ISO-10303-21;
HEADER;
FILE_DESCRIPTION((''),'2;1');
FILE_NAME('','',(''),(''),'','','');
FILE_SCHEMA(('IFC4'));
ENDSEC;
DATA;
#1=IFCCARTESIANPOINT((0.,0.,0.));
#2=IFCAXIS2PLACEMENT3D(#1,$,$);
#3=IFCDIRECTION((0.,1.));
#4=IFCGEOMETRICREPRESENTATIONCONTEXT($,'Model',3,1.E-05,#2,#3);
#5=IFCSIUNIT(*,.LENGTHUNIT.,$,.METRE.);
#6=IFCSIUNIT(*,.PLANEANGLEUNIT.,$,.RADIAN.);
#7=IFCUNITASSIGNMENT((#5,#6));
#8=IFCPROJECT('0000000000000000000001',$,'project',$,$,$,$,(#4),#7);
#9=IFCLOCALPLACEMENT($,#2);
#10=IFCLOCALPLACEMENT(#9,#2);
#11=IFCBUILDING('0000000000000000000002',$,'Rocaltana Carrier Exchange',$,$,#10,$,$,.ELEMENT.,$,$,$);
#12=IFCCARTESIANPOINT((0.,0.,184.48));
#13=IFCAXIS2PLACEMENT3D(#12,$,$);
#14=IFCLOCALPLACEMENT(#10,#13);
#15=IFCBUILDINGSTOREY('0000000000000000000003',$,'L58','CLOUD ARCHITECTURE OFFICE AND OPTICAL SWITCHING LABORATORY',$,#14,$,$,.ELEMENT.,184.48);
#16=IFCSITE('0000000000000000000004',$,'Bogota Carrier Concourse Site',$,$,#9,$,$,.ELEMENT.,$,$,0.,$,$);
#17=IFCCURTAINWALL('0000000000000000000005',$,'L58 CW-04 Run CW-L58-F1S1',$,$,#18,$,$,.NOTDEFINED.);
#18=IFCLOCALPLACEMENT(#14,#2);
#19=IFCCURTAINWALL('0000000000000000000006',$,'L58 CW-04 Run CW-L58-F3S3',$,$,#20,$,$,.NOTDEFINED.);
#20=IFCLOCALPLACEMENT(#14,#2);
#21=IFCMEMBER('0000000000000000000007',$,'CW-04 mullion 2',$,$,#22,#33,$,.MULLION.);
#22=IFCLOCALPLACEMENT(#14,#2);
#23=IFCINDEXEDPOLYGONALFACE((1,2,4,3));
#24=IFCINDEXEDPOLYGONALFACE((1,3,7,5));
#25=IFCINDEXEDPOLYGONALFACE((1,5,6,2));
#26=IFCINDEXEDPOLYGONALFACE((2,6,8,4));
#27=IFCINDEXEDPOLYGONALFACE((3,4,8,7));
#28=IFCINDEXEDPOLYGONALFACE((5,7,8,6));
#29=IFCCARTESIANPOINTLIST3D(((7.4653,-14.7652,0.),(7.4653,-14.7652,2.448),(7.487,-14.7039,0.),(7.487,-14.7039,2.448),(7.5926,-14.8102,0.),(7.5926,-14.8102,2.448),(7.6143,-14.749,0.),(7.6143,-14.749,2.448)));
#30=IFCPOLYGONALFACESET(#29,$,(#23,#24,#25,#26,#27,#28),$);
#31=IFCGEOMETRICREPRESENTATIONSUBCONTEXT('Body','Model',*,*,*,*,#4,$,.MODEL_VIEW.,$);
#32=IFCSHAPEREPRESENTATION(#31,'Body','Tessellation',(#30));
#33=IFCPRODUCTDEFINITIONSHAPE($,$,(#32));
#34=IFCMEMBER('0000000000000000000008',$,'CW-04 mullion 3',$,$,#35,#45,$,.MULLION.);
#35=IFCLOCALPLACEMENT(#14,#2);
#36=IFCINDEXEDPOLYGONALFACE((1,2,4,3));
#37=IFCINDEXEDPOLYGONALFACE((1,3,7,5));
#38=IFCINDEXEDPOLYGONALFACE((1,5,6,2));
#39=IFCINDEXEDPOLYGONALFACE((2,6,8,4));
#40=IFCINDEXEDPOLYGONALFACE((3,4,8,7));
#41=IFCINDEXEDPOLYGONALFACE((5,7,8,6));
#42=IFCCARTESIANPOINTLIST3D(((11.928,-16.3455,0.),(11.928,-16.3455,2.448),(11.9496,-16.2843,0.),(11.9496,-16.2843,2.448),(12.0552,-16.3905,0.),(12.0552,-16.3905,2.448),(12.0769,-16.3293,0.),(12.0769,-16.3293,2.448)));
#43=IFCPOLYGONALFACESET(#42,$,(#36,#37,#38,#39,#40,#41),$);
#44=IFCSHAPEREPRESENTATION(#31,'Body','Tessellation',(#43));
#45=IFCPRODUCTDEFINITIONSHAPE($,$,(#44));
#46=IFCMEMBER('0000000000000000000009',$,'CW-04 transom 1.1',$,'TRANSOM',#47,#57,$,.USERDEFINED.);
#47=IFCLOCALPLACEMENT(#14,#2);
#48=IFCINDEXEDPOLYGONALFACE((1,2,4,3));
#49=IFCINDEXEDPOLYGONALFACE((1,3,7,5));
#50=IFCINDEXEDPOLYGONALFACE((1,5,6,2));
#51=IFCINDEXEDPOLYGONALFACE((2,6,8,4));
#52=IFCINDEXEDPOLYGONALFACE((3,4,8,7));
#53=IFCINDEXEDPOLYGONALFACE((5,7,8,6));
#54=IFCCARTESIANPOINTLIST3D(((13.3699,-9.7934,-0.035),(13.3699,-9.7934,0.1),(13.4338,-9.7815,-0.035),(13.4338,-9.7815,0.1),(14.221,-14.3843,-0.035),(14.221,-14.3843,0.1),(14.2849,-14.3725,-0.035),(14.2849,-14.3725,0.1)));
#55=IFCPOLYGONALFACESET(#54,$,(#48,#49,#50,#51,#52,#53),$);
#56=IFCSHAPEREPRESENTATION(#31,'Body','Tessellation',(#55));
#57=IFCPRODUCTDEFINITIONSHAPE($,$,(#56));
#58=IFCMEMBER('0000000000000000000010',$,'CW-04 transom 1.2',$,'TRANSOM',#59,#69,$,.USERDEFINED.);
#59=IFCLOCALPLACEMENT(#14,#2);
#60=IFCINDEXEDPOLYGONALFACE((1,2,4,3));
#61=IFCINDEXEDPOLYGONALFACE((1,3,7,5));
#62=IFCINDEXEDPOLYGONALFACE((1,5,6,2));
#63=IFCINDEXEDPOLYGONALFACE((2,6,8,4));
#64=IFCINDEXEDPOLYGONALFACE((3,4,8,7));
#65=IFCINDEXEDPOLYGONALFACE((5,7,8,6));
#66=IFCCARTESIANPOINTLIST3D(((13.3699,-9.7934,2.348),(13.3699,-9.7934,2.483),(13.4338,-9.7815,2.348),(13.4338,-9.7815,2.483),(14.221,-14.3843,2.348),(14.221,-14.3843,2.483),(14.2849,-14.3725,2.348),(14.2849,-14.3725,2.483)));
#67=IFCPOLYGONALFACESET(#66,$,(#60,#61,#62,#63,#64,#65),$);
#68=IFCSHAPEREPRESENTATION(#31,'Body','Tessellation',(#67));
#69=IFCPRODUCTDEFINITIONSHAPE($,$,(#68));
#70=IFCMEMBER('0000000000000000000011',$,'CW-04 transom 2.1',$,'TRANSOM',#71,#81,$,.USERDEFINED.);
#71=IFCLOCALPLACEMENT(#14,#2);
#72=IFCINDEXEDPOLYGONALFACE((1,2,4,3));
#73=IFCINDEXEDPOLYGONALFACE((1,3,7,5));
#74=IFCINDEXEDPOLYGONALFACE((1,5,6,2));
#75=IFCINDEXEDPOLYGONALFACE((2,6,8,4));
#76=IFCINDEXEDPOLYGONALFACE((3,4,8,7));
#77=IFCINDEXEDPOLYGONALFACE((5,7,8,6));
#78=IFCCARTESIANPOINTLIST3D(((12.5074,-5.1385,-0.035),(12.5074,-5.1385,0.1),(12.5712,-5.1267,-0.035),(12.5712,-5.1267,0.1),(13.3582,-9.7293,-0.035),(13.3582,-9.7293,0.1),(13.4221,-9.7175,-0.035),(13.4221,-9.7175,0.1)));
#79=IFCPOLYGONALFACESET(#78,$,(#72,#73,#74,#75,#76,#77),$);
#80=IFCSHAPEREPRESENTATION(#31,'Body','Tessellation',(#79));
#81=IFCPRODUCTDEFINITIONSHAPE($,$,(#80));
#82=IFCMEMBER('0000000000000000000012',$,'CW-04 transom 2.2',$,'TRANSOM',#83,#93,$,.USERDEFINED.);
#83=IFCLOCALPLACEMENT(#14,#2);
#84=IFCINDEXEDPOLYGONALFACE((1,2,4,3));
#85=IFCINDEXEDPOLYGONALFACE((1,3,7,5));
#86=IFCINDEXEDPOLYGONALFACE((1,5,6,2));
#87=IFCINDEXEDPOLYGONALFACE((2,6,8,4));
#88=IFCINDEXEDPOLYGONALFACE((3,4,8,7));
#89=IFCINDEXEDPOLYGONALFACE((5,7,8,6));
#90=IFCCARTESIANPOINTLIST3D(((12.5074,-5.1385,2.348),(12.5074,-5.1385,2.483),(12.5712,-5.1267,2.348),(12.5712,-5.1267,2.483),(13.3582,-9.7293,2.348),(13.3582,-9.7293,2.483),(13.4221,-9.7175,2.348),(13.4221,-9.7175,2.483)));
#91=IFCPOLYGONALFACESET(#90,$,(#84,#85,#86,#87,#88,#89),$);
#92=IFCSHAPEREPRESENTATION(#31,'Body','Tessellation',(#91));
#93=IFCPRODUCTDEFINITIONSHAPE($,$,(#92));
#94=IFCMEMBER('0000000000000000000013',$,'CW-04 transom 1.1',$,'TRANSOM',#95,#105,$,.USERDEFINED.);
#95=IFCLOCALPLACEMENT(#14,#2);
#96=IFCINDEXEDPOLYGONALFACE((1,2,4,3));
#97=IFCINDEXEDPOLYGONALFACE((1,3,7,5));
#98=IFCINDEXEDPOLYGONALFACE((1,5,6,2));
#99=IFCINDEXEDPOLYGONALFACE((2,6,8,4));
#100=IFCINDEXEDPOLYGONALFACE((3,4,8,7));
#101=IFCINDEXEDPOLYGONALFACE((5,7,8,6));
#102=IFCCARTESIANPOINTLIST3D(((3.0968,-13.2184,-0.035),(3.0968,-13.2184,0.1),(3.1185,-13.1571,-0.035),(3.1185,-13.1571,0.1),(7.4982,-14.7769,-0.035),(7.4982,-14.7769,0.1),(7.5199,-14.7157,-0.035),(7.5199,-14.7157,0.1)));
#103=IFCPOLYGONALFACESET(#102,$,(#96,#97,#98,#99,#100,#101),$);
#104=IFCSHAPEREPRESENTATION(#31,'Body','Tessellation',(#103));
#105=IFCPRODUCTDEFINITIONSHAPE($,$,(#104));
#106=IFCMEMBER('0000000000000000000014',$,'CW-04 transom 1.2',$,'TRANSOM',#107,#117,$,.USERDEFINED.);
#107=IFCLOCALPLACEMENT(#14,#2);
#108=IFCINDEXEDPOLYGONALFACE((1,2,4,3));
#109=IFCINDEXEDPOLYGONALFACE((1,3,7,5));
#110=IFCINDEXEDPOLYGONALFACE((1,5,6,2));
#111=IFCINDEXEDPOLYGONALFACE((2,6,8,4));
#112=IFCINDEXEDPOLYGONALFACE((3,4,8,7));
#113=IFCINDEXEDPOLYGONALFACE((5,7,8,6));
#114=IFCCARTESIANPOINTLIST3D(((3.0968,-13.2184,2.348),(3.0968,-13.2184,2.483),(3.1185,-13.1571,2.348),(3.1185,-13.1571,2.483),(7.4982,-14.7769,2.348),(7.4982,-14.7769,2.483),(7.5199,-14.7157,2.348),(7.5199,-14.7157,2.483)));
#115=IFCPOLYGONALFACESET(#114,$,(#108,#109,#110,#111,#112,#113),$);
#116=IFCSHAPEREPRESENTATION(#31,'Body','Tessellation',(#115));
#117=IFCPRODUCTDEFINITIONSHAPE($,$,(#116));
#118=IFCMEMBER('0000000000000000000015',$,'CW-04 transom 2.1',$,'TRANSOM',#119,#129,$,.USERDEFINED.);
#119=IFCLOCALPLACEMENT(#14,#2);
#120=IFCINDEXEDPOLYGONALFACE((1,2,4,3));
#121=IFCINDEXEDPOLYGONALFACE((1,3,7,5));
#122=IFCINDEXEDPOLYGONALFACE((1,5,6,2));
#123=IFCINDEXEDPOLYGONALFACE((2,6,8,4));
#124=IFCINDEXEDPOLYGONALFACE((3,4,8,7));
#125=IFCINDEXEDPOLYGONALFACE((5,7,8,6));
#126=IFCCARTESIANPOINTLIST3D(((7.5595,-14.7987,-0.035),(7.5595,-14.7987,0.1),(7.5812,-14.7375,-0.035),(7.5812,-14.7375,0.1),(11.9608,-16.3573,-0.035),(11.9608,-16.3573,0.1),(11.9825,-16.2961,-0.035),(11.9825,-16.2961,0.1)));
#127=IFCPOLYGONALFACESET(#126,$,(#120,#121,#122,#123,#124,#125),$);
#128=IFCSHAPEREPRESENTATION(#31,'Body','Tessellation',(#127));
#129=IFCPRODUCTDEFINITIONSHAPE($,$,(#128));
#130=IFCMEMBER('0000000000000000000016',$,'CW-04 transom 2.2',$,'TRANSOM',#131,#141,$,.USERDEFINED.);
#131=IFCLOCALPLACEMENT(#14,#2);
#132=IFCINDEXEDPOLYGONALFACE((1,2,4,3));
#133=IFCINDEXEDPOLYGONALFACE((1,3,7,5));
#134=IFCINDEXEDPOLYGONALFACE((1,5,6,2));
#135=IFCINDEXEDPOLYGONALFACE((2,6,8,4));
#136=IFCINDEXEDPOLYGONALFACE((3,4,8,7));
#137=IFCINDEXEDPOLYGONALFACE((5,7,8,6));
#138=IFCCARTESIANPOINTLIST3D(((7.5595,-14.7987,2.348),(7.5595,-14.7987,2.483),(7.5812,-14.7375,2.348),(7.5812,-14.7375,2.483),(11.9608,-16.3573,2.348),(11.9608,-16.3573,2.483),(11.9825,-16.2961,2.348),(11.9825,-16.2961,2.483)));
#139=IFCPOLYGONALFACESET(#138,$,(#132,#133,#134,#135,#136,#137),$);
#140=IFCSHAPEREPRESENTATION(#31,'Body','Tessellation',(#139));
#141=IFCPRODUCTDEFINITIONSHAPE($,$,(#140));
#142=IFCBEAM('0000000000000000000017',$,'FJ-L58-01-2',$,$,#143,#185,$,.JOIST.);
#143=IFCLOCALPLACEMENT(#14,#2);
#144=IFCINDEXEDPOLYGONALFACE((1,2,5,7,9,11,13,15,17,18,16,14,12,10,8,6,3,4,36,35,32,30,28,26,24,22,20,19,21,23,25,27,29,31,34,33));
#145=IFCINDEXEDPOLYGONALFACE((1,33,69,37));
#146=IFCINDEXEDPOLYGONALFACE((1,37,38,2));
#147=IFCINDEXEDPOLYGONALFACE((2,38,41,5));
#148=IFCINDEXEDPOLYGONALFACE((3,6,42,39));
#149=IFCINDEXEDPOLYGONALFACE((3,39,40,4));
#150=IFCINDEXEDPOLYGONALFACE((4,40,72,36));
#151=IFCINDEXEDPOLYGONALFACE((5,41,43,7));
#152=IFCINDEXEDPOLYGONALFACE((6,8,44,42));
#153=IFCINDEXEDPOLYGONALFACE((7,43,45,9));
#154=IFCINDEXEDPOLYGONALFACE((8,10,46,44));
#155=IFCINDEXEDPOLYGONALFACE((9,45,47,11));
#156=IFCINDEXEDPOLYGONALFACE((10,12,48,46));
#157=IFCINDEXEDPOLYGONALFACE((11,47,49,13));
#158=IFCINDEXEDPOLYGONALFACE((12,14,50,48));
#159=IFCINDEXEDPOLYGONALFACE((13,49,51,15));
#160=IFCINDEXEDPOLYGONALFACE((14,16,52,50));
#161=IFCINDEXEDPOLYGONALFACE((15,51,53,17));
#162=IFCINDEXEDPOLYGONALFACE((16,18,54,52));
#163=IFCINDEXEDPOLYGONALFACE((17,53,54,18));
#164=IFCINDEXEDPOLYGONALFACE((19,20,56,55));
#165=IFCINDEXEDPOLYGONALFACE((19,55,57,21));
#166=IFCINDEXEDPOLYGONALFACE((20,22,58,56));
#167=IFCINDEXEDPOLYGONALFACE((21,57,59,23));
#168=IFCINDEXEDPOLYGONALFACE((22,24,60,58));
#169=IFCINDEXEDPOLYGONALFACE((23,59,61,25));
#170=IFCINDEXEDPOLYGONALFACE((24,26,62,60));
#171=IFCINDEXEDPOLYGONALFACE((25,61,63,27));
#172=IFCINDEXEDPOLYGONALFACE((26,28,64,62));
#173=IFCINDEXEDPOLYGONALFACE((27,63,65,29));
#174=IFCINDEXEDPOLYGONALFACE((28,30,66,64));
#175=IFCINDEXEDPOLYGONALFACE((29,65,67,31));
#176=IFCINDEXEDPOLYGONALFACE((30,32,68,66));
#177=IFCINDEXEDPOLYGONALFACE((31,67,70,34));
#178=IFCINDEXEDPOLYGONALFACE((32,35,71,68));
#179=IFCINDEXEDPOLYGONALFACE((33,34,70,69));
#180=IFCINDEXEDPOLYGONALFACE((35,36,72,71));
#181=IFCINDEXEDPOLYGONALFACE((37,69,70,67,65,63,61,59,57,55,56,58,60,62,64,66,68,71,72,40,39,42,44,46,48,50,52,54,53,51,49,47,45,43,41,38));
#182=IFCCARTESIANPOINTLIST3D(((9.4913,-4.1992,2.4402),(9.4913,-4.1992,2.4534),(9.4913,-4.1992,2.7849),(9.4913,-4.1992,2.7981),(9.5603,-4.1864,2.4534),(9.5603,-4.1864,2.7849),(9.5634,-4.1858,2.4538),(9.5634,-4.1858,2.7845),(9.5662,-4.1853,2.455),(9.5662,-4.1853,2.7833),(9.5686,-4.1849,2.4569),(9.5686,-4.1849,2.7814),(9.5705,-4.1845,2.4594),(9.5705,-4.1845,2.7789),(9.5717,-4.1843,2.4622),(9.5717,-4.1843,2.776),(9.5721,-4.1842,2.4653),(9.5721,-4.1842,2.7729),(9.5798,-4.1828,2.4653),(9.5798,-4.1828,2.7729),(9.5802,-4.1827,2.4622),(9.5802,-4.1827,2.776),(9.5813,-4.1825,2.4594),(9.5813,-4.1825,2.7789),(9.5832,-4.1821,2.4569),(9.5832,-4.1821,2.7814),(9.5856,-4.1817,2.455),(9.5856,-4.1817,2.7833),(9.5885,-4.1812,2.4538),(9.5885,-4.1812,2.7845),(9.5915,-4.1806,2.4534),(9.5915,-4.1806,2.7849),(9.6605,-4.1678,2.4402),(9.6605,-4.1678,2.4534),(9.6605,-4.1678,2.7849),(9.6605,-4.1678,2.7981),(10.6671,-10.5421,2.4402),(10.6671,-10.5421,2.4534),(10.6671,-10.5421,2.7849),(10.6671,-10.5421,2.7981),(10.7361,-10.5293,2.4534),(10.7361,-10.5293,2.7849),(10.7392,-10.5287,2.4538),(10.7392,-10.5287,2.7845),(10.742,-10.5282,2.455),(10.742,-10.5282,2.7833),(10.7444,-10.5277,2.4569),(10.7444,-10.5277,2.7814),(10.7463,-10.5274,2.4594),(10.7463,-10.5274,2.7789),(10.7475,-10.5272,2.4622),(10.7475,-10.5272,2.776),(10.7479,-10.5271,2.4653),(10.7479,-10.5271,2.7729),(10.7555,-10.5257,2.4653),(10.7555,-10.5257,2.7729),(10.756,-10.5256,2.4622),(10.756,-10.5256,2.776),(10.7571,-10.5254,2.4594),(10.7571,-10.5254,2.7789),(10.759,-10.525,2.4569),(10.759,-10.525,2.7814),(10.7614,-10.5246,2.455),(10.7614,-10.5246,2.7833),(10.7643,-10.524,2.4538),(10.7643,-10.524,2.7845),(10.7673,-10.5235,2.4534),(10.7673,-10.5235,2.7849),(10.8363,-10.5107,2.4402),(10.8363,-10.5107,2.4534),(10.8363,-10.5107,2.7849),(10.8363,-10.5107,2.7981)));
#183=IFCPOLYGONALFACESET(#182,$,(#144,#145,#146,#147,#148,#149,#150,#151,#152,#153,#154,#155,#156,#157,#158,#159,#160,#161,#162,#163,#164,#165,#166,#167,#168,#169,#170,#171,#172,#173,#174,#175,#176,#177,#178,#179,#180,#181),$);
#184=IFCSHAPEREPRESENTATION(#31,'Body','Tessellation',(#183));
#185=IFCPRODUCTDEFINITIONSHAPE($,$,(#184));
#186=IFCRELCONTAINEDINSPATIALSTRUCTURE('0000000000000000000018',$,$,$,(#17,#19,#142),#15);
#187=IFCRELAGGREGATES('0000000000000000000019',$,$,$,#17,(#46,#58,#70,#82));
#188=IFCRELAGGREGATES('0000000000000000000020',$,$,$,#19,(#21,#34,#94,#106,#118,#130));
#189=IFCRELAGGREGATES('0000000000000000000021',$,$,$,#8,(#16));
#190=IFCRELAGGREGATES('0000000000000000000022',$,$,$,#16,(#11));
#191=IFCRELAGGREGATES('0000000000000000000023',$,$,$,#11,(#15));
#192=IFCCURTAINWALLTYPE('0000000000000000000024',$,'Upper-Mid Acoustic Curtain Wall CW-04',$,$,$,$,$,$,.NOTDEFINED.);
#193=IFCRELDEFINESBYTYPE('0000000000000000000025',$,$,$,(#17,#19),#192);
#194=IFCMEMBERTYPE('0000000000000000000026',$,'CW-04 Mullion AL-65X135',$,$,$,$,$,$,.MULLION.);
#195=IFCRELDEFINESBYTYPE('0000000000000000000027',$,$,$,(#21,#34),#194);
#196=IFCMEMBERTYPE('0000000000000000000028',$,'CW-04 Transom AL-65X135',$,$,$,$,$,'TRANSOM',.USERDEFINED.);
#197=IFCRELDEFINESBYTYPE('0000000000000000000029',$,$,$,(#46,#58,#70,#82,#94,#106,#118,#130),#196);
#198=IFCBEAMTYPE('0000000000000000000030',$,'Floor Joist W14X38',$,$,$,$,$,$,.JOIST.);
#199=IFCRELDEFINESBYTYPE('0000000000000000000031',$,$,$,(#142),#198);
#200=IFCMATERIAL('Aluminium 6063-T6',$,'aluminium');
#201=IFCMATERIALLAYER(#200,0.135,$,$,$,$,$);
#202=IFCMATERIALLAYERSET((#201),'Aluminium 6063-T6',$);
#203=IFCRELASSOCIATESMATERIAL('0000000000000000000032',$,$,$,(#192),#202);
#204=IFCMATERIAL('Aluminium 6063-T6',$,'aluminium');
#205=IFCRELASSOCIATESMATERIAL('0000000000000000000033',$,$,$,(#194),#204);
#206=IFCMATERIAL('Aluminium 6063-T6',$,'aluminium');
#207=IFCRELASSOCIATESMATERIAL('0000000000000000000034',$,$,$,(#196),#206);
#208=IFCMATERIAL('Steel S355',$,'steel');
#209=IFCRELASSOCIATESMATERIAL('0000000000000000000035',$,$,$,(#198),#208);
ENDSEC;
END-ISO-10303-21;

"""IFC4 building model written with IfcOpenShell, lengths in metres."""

from ifc_helpers import new_model, si_unit, direction, frame, origin, origin_2d, place, context, subcontext, project, spatial, rectangle, i_section, extrude, material, layer, layer_set, material_profile, profile_set, type_object, element, aggregate, save


model = new_model("IFC4")

# Units and contexts
model_context = context("Model", 3, precision=1e-05, world=origin(), true_north=direction((0.0, 1.0)))
body_context = subcontext(model_context, "Body", "Model", "MODEL_VIEW")
ifc_project = project(units=[si_unit("LENGTHUNIT", "METRE"), si_unit("PLANEANGLEUNIT", "RADIAN")], contexts=[model_context])

# Site, building, storey
site_placement = place(None, origin())
site = spatial("IfcSite", under=ifc_project, at=site_placement, Name="Bogota Carrier Concourse Site", CompositionType="ELEMENT", RefElevation=0.0)
building_placement = place(site_placement, origin())
building = spatial("IfcBuilding", under=site, at=building_placement, Name="Rocaltana Carrier Exchange", CompositionType="ELEMENT")
storey_placement = place(building_placement, frame((0.0, 0.0, 184.48)))
storey = spatial("IfcBuildingStorey", under=building, at=storey_placement, Name="L58", Description="CLOUD ARCHITECTURE OFFICE AND OPTICAL SWITCHING LABORATORY", CompositionType="ELEMENT", Elevation=184.48)

# Curtain wall
ifc_material_1 = material(Name="Aluminium 6063-T6", Category="aluminium")
ifc_layer_1 = layer(ifc_material_1, 0.135)
ifc_layer_set_1 = layer_set([ifc_layer_1], Name="Aluminium 6063-T6")
curtain_wall_type = type_object("IfcCurtainWallType", Name="Upper-Mid Acoustic Curtain Wall CW-04", PredefinedType="NOTDEFINED", material=ifc_layer_set_1)
curtain_wall_1_placement = place(storey_placement, origin())
curtain_wall_1 = element("IfcCurtainWall", 1, at=curtain_wall_1_placement, inside=storey, type_object=curtain_wall_type, Name="L58 CW-04 Run CW-L58-F1S1", PredefinedType="NOTDEFINED")
ifc_material_2 = material(Name="Aluminium 6063-T6", Category="aluminium")
ifc_material_profile_1 = material_profile(ifc_material_2, rectangle(XDim=0.0649, YDim=0.135, at=origin_2d()), Name="AL-65X135")
ifc_profile_set_1 = profile_set([ifc_material_profile_1], Name="Aluminium 6063-T6")
member_type_1 = type_object("IfcMemberType", Name="CW-04 Mullion AL-65X135", PredefinedType="MULLION", material=ifc_profile_set_1)

# Curtain wall, members
curtain_wall_2_placement = place(storey_placement, origin())
curtain_wall_2 = element("IfcCurtainWall", 2, at=curtain_wall_2_placement, inside=storey, type_object=curtain_wall_type, Name="L58 CW-04 Run CW-L58-F3S3", PredefinedType="NOTDEFINED")
member_1_placement = place(storey_placement, frame((7.5398, -14.7571, 0.0), z_axis=(0.0, 0.0, 1.0), x_axis=(0.333799, 0.942644, 0.0)))
member_1 = element("IfcMember", 3, at=member_1_placement, type_object=member_type_1, Name="CW-04 mullion 2", PredefinedType="MULLION", context=body_context, shape_type="SweptSolid", body=[
    extrude(rectangle(XDim=0.0649, YDim=0.135, at=origin_2d()), origin(), (0.0, 0.0, 1.0), 2.448),
])
member_2_placement = place(storey_placement, frame((12.0024, -16.3374, 0.0), z_axis=(0.0, 0.0, 1.0), x_axis=(0.333799, 0.942644, 0.0)))
member_2 = element("IfcMember", 4, at=member_2_placement, type_object=member_type_1, Name="CW-04 mullion 3", PredefinedType="MULLION", context=body_context, shape_type="SweptSolid", body=[
    extrude(rectangle(XDim=0.0649, YDim=0.135, at=origin_2d()), origin(), (0.0, 0.0, 1.0), 2.448),
])

# Members
ifc_material_3 = material(Name="Aluminium 6063-T6", Category="aluminium")
ifc_material_profile_2 = material_profile(ifc_material_3, rectangle(XDim=0.0649, YDim=0.135, at=origin_2d()), Name="AL-65X135")
ifc_profile_set_2 = profile_set([ifc_material_profile_2], Name="Aluminium 6063-T6")
member_type_2 = type_object("IfcMemberType", Name="CW-04 Transom AL-65X135", ElementType="TRANSOM", PredefinedType="USERDEFINED", material=ifc_profile_set_2)
member_3_placement = place(storey_placement, frame((14.2529, -14.3784, 0.0325), z_axis=(-0.182271, 0.983248, 0.0), x_axis=(-0.983248, -0.182271, 0.0)))
member_3 = element("IfcMember", 5, at=member_3_placement, type_object=member_type_2, Name="CW-04 transom 1.1", ObjectType="TRANSOM", PredefinedType="USERDEFINED", context=body_context, shape_type="SweptSolid", body=[
    extrude(rectangle(XDim=0.0649, YDim=0.135, at=origin_2d()), origin(), (0.0, 0.0, 1.0), 4.6692),
])
member_4_placement = place(storey_placement, frame((14.2529, -14.3784, 2.4155), z_axis=(-0.182271, 0.983248, 0.0), x_axis=(-0.983248, -0.182271, 0.0)))
member_4 = element("IfcMember", 6, at=member_4_placement, type_object=member_type_2, Name="CW-04 transom 1.2", ObjectType="TRANSOM", PredefinedType="USERDEFINED", context=body_context, shape_type="SweptSolid", body=[
    extrude(rectangle(XDim=0.0649, YDim=0.135, at=origin_2d()), origin(), (0.0, 0.0, 1.0), 4.6692),
])
member_5_placement = place(storey_placement, frame((13.3901, -9.7234, 0.0325), z_axis=(-0.18223, 0.983256, 0.0), x_axis=(-0.983256, -0.18223, 0.0)))
member_5 = element("IfcMember", 7, at=member_5_placement, type_object=member_type_2, Name="CW-04 transom 2.1", ObjectType="TRANSOM", PredefinedType="USERDEFINED", context=body_context, shape_type="SweptSolid", body=[
    extrude(rectangle(XDim=0.0649, YDim=0.135, at=origin_2d()), origin(), (0.0, 0.0, 1.0), 4.6689),
])
member_6_placement = place(storey_placement, frame((13.3901, -9.7234, 2.4155), z_axis=(-0.18223, 0.983256, 0.0), x_axis=(-0.983256, -0.18223, 0.0)))
member_6 = element("IfcMember", 8, at=member_6_placement, type_object=member_type_2, Name="CW-04 transom 2.2", ObjectType="TRANSOM", PredefinedType="USERDEFINED", context=body_context, shape_type="SweptSolid", body=[
    extrude(rectangle(XDim=0.0649, YDim=0.135, at=origin_2d()), origin(), (0.0, 0.0, 1.0), 4.6689),
])
member_7_placement = place(storey_placement, frame((3.1077, -13.1877, 0.0325), z_axis=(0.942642, -0.333805, 0.0), x_axis=(0.333805, 0.942642, 0.0)))
member_7 = element("IfcMember", 9, at=member_7_placement, type_object=member_type_2, Name="CW-04 transom 1.1", ObjectType="TRANSOM", PredefinedType="USERDEFINED", context=body_context, shape_type="SweptSolid", body=[
    extrude(rectangle(XDim=0.0649, YDim=0.135, at=origin_2d()), origin(), (0.0, 0.0, 1.0), 4.6692),
])
member_8_placement = place(storey_placement, frame((3.1077, -13.1877, 2.4155), z_axis=(0.942642, -0.333805, 0.0), x_axis=(0.333805, 0.942642, 0.0)))
member_8 = element("IfcMember", 10, at=member_8_placement, type_object=member_type_2, Name="CW-04 transom 1.2", ObjectType="TRANSOM", PredefinedType="USERDEFINED", context=body_context, shape_type="SweptSolid", body=[
    extrude(rectangle(XDim=0.0649, YDim=0.135, at=origin_2d()), origin(), (0.0, 0.0, 1.0), 4.6692),
])
member_9_placement = place(storey_placement, frame((7.5703, -14.7681, 0.0325), z_axis=(0.942642, -0.333805, 0.0), x_axis=(0.333805, 0.942642, 0.0)))
member_9 = element("IfcMember", 11, at=member_9_placement, type_object=member_type_2, Name="CW-04 transom 2.1", ObjectType="TRANSOM", PredefinedType="USERDEFINED", context=body_context, shape_type="SweptSolid", body=[
    extrude(rectangle(XDim=0.0649, YDim=0.135, at=origin_2d()), origin(), (0.0, 0.0, 1.0), 4.6692),
])
member_10_placement = place(storey_placement, frame((7.5703, -14.7681, 2.4155), z_axis=(0.942642, -0.333805, 0.0), x_axis=(0.333805, 0.942642, 0.0)))
member_10 = element("IfcMember", 12, at=member_10_placement, type_object=member_type_2, Name="CW-04 transom 2.2", ObjectType="TRANSOM", PredefinedType="USERDEFINED", context=body_context, shape_type="SweptSolid", body=[
    extrude(rectangle(XDim=0.0649, YDim=0.135, at=origin_2d()), origin(), (0.0, 0.0, 1.0), 4.6692),
])

# Beam
ifc_material_4 = material(Name="Steel S355", Category="steel")
ifc_material_profile_3 = material_profile(ifc_material_4, i_section(OverallWidth=0.1721, OverallDepth=0.3579, WebThickness=0.0078, FlangeThickness=0.0132, FilletRadius=0.012, at=origin_2d()), Name="W14X38")
ifc_profile_set_3 = profile_set([ifc_material_profile_3], Name="Steel S355")
beam_type_1 = type_object("IfcBeamType", Name="Floor Joist W14X38", PredefinedType="JOIST", material=ifc_profile_set_3)
beam_1_placement = place(storey_placement, frame((10.7517, -10.5264, 2.6191), z_axis=(-0.182268, 0.983249, 0.0), x_axis=(-0.983249, -0.182268, 0.0)))
element("IfcBeam", 13, at=beam_1_placement, inside=storey, type_object=beam_type_1, Name="FJ-L58-01-2", PredefinedType="JOIST", context=body_context, shape_type="SweptSolid", body=[
    extrude(i_section(OverallWidth=0.1721, OverallDepth=0.3579, WebThickness=0.0078, FlangeThickness=0.0132, FilletRadius=0.012, at=origin_2d()), origin(), (0.0, 0.0, 1.0), 6.4509),
])

aggregate(curtain_wall_1, [member_3, member_4, member_5, member_6])
aggregate(curtain_wall_2, [member_1, member_2, member_7, member_8, member_9, member_10])

save(model, "model.ifc")
